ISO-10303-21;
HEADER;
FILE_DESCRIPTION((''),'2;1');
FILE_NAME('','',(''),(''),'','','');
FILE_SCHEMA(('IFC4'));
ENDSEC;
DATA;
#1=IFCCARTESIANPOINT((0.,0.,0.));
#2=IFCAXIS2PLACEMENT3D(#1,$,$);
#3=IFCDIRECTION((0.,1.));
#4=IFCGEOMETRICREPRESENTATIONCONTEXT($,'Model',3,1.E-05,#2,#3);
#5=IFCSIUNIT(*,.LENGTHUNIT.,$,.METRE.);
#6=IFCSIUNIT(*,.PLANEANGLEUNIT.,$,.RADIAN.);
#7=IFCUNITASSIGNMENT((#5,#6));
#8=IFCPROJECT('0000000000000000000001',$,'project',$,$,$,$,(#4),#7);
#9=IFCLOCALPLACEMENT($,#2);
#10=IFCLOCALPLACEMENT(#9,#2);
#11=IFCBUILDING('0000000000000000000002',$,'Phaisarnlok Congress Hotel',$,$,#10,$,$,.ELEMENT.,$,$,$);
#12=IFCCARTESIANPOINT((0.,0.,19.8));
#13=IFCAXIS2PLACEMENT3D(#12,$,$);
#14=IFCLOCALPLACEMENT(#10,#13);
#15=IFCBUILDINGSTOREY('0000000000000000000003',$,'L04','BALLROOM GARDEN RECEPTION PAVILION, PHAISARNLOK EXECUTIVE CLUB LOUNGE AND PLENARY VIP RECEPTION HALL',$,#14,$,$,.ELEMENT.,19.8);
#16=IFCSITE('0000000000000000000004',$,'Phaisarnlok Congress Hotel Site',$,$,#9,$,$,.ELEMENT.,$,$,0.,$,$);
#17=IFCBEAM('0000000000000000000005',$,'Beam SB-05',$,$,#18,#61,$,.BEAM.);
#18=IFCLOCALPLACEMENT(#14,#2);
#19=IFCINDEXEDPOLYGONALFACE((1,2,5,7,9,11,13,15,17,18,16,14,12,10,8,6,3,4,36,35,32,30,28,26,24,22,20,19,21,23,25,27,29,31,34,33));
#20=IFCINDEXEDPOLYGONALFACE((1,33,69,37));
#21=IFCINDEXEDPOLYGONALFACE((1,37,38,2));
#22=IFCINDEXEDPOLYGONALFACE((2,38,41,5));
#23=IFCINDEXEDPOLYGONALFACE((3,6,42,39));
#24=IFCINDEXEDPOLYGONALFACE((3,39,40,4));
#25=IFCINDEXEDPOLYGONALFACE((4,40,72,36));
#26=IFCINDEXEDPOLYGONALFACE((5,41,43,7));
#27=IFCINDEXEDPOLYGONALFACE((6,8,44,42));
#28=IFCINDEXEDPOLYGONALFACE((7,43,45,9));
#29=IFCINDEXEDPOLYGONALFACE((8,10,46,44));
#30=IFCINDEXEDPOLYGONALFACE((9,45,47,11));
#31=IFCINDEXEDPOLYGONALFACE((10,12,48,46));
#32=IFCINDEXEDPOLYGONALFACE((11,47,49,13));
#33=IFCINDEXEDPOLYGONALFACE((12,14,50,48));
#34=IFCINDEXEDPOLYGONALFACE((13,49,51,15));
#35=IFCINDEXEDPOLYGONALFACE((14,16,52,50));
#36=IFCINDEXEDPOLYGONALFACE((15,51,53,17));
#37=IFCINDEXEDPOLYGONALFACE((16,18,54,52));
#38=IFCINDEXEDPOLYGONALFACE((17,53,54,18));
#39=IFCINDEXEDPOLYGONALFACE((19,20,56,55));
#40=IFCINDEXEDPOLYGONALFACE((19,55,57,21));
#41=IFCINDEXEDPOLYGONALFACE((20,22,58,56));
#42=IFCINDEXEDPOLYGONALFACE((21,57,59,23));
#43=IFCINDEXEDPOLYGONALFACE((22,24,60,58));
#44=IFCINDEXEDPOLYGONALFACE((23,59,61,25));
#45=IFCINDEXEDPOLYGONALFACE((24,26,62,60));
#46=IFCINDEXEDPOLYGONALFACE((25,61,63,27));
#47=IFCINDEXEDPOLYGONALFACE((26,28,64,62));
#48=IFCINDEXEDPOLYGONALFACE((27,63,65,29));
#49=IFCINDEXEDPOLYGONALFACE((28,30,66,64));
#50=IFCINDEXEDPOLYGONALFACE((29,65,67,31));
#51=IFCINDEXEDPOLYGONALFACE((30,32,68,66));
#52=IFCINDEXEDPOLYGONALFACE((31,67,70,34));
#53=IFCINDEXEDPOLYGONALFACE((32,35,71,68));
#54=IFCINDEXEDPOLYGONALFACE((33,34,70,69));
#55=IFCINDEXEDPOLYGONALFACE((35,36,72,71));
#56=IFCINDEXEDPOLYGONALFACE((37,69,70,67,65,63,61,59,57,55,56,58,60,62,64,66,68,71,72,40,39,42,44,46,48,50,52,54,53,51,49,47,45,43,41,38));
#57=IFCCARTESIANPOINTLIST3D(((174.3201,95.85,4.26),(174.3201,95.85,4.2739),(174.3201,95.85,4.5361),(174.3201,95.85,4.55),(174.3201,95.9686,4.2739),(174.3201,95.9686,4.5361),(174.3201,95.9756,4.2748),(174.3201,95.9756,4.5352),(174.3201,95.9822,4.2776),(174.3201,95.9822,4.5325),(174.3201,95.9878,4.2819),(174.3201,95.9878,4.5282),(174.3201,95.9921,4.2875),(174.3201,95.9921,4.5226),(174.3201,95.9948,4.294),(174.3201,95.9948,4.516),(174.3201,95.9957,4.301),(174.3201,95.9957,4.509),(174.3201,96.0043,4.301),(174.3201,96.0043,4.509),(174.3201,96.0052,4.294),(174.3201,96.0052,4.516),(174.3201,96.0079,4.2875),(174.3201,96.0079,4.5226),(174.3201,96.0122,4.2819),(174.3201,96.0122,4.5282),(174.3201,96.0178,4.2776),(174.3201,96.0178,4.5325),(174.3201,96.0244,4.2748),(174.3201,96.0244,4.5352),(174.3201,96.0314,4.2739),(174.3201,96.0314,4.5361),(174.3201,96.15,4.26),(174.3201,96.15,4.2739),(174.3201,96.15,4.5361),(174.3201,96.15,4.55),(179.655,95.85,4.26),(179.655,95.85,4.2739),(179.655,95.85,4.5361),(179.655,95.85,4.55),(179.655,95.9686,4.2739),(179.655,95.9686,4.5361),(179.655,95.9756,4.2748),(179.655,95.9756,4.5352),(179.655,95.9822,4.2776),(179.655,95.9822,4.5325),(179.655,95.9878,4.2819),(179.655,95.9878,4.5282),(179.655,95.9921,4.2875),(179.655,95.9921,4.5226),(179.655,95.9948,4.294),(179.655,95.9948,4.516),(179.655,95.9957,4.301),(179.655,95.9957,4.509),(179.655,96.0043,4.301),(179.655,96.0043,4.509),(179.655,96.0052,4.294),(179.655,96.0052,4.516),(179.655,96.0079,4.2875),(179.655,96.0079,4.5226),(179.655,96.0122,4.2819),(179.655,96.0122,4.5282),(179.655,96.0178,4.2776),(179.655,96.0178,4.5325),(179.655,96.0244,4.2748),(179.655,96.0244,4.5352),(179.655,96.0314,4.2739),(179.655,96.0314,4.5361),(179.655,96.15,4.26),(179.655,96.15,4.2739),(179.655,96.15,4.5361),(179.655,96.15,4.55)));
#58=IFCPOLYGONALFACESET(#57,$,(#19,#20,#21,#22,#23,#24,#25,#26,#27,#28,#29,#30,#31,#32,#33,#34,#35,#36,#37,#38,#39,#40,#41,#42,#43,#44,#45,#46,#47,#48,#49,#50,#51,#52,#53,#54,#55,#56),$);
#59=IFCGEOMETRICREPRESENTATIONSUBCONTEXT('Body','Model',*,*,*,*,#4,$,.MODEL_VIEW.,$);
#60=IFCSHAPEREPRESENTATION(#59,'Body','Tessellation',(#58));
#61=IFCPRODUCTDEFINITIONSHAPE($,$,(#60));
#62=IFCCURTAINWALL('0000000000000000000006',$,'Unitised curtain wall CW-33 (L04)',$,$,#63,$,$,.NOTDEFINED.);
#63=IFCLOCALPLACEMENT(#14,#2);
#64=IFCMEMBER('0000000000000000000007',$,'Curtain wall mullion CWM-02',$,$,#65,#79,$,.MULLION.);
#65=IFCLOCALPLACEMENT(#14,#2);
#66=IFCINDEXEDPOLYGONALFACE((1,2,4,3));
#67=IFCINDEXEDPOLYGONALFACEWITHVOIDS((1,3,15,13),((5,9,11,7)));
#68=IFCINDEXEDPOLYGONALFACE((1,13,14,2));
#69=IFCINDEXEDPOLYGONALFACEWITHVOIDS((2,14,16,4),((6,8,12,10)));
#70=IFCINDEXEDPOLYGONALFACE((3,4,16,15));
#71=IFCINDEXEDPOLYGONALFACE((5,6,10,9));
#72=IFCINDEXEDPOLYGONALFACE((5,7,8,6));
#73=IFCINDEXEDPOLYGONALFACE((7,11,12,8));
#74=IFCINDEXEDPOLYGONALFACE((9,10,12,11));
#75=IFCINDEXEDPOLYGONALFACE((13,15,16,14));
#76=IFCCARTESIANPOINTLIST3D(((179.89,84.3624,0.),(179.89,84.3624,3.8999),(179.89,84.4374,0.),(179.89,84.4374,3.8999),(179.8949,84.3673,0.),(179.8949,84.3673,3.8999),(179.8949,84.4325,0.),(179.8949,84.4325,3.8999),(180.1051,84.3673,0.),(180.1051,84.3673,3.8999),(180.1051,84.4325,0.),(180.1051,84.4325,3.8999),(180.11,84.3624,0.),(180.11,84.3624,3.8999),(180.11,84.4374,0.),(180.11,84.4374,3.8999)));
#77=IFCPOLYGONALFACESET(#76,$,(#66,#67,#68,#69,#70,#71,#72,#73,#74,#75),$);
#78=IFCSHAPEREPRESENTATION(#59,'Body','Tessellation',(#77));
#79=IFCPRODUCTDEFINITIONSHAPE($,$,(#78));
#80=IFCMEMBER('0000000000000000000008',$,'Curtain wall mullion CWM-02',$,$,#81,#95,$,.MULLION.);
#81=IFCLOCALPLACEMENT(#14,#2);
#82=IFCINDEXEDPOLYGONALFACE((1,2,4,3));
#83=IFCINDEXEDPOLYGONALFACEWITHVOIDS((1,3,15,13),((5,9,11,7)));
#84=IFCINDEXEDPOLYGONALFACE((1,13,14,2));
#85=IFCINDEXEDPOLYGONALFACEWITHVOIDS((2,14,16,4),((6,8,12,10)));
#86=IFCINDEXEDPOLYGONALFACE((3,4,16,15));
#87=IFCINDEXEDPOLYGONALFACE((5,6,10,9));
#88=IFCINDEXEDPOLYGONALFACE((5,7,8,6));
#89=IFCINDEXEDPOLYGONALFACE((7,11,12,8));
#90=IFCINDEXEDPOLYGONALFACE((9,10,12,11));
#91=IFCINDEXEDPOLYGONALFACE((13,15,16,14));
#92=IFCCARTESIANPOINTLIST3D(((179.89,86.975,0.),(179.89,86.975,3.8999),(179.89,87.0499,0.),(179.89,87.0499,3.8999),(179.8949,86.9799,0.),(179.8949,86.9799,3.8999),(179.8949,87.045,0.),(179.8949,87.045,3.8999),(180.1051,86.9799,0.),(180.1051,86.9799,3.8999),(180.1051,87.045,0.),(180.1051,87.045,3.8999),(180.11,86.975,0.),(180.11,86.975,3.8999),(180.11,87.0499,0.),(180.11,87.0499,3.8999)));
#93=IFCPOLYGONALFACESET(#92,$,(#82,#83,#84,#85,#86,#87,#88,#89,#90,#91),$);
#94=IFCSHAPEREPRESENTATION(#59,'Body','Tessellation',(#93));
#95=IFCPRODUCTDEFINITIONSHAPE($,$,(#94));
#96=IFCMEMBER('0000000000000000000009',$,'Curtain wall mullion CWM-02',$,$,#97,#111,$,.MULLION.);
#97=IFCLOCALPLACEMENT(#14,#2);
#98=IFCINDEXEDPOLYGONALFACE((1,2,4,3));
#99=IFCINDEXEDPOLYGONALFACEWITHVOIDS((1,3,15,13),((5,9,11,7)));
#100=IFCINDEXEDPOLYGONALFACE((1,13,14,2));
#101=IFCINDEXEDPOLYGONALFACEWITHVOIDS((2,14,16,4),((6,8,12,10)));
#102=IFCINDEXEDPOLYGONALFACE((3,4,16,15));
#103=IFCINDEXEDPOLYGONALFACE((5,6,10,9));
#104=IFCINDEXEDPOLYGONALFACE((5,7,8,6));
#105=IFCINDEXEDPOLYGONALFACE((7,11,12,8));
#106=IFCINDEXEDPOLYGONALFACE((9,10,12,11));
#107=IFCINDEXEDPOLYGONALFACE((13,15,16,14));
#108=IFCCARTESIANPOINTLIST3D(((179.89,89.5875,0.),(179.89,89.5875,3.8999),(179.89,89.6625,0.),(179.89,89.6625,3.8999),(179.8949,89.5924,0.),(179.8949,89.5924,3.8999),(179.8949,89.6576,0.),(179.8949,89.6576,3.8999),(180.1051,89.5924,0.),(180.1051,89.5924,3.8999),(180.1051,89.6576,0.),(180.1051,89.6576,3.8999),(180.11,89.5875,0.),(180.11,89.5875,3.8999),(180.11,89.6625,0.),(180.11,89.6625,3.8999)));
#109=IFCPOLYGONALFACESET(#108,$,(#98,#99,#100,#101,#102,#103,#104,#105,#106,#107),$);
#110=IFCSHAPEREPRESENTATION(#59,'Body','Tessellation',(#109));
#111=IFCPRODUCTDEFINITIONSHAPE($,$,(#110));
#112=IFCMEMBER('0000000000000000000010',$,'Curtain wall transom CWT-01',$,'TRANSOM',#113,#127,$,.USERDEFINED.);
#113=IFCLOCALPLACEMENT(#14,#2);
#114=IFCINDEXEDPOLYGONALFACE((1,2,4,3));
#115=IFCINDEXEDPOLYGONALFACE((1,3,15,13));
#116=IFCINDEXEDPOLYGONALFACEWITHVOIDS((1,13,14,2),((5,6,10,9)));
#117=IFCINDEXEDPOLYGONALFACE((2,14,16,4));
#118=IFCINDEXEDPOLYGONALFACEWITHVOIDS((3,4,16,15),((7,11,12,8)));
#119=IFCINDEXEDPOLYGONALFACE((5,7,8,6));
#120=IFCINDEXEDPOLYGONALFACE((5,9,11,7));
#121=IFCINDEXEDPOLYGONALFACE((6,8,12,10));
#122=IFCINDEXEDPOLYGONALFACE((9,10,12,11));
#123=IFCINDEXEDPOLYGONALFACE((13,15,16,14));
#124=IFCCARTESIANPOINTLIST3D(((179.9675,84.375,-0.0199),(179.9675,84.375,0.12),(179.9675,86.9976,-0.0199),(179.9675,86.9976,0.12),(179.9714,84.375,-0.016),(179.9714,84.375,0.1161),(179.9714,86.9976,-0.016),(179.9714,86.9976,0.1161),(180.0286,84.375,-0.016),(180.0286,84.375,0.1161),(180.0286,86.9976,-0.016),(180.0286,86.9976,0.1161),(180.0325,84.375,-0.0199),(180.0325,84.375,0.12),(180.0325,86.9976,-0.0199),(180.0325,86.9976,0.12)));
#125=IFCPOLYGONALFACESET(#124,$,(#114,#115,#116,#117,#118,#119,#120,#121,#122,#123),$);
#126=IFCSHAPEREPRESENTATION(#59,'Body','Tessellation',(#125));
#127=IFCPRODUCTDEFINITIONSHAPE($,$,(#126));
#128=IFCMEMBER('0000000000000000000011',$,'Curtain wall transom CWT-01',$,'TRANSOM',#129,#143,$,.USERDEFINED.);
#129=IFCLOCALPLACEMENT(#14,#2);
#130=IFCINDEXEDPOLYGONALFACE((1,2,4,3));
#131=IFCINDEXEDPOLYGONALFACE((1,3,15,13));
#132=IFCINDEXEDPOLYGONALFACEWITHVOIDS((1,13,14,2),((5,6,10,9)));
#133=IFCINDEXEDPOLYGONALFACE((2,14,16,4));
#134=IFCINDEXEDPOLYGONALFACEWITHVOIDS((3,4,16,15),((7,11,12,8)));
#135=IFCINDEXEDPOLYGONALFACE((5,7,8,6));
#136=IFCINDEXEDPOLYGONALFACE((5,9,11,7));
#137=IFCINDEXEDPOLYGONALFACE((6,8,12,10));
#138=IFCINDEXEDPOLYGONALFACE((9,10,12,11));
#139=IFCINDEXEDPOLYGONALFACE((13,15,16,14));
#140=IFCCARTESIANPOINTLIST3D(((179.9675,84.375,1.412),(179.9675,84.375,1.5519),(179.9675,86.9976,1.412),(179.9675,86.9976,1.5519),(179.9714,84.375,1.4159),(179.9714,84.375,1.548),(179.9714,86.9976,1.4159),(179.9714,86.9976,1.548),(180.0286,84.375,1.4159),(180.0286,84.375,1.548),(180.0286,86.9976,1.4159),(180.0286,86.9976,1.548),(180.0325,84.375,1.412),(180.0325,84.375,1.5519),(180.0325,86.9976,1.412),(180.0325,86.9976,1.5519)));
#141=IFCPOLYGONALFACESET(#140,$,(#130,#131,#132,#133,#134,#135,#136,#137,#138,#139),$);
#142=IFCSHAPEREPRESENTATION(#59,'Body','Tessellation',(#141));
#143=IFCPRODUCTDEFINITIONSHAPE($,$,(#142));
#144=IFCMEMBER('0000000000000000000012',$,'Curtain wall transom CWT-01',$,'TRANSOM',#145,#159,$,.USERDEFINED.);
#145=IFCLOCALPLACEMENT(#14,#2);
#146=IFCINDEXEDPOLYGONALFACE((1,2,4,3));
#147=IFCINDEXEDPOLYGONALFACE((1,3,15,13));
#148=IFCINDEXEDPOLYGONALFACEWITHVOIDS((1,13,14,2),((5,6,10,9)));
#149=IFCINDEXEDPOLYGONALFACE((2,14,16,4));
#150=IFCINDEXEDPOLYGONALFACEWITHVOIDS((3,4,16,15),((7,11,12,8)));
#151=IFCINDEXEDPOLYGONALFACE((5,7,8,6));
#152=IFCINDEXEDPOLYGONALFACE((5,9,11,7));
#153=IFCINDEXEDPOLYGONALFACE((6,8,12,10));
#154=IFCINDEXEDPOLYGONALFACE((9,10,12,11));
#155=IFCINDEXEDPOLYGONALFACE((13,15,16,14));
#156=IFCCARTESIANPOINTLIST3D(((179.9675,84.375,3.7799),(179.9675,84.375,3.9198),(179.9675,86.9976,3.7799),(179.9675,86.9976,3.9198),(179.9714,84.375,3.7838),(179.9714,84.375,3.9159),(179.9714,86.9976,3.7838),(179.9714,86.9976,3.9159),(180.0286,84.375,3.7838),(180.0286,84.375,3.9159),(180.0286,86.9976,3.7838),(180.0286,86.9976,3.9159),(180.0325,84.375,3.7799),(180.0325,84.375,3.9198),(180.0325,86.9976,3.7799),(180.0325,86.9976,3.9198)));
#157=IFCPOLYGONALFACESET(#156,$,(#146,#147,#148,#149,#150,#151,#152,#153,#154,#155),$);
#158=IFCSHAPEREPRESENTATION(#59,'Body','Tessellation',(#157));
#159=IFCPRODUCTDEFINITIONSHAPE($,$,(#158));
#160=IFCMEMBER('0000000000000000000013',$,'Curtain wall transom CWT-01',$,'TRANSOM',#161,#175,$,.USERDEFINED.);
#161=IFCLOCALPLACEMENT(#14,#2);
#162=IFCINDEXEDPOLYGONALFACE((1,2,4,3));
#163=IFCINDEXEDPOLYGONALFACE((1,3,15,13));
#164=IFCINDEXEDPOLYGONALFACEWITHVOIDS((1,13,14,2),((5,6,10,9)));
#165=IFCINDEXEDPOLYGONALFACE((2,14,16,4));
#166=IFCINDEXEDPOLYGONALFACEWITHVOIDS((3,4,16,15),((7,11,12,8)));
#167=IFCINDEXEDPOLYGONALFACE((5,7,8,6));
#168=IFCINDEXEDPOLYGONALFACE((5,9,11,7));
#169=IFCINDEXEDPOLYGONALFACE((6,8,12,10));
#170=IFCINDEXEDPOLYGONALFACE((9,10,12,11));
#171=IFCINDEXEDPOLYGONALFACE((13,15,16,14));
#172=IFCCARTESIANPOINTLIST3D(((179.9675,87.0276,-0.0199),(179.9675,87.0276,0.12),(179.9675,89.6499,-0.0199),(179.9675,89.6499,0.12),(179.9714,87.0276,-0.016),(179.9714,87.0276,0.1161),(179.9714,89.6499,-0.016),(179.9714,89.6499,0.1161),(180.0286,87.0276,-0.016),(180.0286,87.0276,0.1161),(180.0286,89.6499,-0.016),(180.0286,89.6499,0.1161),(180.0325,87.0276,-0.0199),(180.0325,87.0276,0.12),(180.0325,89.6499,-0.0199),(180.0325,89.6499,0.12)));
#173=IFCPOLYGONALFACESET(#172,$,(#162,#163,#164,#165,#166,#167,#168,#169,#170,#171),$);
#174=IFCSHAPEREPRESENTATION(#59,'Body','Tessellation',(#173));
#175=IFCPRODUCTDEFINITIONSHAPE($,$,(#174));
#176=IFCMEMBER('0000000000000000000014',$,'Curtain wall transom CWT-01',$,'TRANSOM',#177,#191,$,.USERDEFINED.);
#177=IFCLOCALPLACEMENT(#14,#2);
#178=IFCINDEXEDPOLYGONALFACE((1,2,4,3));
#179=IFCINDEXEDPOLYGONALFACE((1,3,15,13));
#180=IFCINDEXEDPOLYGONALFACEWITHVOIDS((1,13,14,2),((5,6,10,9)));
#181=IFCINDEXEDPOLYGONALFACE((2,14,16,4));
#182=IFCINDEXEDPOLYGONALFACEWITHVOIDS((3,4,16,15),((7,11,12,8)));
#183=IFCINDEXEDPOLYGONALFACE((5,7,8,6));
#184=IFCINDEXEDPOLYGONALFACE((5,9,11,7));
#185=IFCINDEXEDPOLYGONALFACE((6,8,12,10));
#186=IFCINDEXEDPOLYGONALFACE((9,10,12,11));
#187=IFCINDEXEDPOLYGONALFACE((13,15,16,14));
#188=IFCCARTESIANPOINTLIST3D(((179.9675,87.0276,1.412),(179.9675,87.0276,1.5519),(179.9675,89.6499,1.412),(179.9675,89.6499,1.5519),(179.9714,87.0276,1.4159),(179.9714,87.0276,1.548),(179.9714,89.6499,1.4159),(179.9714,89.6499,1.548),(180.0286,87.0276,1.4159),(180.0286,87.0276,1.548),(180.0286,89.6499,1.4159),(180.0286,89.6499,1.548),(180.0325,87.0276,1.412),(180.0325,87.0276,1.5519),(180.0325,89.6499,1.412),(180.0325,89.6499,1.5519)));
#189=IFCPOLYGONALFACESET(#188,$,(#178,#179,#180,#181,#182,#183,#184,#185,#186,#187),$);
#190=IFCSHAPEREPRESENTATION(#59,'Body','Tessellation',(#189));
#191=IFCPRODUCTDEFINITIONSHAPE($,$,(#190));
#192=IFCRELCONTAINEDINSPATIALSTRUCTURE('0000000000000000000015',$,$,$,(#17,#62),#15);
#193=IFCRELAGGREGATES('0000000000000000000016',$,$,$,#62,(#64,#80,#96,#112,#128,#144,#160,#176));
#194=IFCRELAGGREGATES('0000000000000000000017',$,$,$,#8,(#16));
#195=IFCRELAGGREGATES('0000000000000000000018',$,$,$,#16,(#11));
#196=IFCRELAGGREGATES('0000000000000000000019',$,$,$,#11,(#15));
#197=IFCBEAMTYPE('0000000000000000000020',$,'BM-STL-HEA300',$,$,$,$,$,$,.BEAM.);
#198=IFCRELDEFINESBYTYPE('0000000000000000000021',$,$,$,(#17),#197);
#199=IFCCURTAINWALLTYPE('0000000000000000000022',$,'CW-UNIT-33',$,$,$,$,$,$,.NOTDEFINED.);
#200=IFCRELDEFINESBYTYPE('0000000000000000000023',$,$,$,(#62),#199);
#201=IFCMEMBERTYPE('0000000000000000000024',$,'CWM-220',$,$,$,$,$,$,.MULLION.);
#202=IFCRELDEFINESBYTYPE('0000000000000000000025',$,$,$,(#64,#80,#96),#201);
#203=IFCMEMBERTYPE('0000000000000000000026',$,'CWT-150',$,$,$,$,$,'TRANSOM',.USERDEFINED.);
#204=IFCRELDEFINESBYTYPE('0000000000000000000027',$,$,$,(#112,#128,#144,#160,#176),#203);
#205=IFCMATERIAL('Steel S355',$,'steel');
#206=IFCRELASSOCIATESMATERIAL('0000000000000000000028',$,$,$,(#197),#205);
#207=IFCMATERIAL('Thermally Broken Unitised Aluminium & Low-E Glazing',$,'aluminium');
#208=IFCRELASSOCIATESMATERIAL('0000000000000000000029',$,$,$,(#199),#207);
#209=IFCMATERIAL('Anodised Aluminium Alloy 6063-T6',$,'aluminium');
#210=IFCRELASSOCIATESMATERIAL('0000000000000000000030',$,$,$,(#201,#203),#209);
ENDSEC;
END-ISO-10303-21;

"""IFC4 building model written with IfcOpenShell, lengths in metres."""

from ifc_helpers import new_model, si_unit, direction, frame, origin, origin_2d, place, context, subcontext, project, spatial, hollow_rectangle, i_section, extrude, material, material_profile, profile_set, type_object, element, aggregate, save


model = new_model("IFC4")

# Units and contexts
model_context = context("Model", 3, precision=1e-05, world=origin(), true_north=direction((0.0, 1.0)))
body_context = subcontext(model_context, "Body", "Model", "MODEL_VIEW")
ifc_project = project(units=[si_unit("LENGTHUNIT", "METRE"), si_unit("PLANEANGLEUNIT", "RADIAN")], contexts=[model_context])

# Site, building, storey
site_placement = place(None, origin())
site = spatial("IfcSite", under=ifc_project, at=site_placement, Name="Phaisarnlok Congress Hotel Site", CompositionType="ELEMENT", RefElevation=0.0)
building_placement = place(site_placement, origin())
building = spatial("IfcBuilding", under=site, at=building_placement, Name="Phaisarnlok Congress Hotel", CompositionType="ELEMENT")
storey_placement = place(building_placement, frame((0.0, 0.0, 19.8)))
storey = spatial("IfcBuildingStorey", under=building, at=storey_placement, Name="L04", Description="BALLROOM GARDEN RECEPTION PAVILION, PHAISARNLOK EXECUTIVE CLUB LOUNGE AND PLENARY VIP RECEPTION HALL", CompositionType="ELEMENT", Elevation=19.8)

# Beam
ifc_material_1 = material(Name="Steel S355", Category="steel")
ifc_material_profile_1 = material_profile(ifc_material_1, i_section(OverallWidth=0.3, OverallDepth=0.29, WebThickness=0.0085, FlangeThickness=0.0139, FilletRadius=0.0271, at=origin_2d()), Name="HEA 300")
ifc_profile_set_1 = profile_set([ifc_material_profile_1], Name="Steel S355")
beam_type_1 = type_object("IfcBeamType", Name="BM-STL-HEA300", PredefinedType="BEAM", material=ifc_profile_set_1)
for number, where, z_axis, x_axis, name in (
    (1, (174.3201, 96.0, 4.405), (1.0, 0.0, 0.0), (0.0, 1.0, 0.0), "Beam SB-05"),
):
    element("IfcBeam", number, at=place(storey_placement, frame(where, z_axis=z_axis, x_axis=x_axis)), inside=storey, type_object=beam_type_1, Name=name, PredefinedType="BEAM", context=body_context, shape_type="SweptSolid", body=[
        extrude(i_section(OverallWidth=0.3, OverallDepth=0.29, WebThickness=0.0085, FlangeThickness=0.0139, FilletRadius=0.0271, at=origin_2d()), origin(), (0.0, 0.0, 1.0), 5.335),
    ])

# Curtain wall, members
ifc_material_2 = material(Name="Thermally Broken Unitised Aluminium & Low-E Glazing", Category="aluminium")
curtain_wall_type = type_object("IfcCurtainWallType", Name="CW-UNIT-33", PredefinedType="NOTDEFINED", material=ifc_material_2)
curtain_wall_placement = place(storey_placement, origin())
curtain_wall = element("IfcCurtainWall", 2, at=curtain_wall_placement, inside=storey, type_object=curtain_wall_type, Name="Unitised curtain wall CW-33 (L04)", PredefinedType="NOTDEFINED")
ifc_material_3 = material(Name="Anodised Aluminium Alloy 6063-T6", Category="aluminium")
ifc_material_profile_2 = material_profile(ifc_material_3, hollow_rectangle(XDim=0.075, YDim=0.22, WallThickness=0.0049, at=origin_2d()), Name="ALU-M 75x220x5")
ifc_profile_set_2 = profile_set([ifc_material_profile_2], Name="Anodised Aluminium Alloy 6063-T6")
member_type_1 = type_object("IfcMemberType", Name="CWM-220", PredefinedType="MULLION", material=ifc_profile_set_2)
member_1_placement = place(storey_placement, frame((180.0, 84.3999, 0.0), z_axis=(0.0, 0.0, 1.0), x_axis=(0.0, 1.0, 0.0)))
member_1 = element("IfcMember", 3, at=member_1_placement, type_object=member_type_1, Name="Curtain wall mullion CWM-02", PredefinedType="MULLION", context=body_context, shape_type="SweptSolid", body=[
    extrude(hollow_rectangle(XDim=0.075, YDim=0.22, WallThickness=0.0049, at=origin_2d()), origin(), (0.0, 0.0, 1.0), 3.8999),
])
member_2_placement = place(storey_placement, frame((180.0, 87.0125, 0.0), z_axis=(0.0, 0.0, 1.0), x_axis=(0.0, 1.0, 0.0)))
member_2 = element("IfcMember", 4, at=member_2_placement, type_object=member_type_1, Name="Curtain wall mullion CWM-02", PredefinedType="MULLION", context=body_context, shape_type="SweptSolid", body=[
    extrude(hollow_rectangle(XDim=0.075, YDim=0.22, WallThickness=0.0049, at=origin_2d()), origin(), (0.0, 0.0, 1.0), 3.8999),
])
member_3_placement = place(storey_placement, frame((180.0, 89.625, 0.0), z_axis=(0.0, 0.0, 1.0), x_axis=(0.0, 1.0, 0.0)))
member_3 = element("IfcMember", 5, at=member_3_placement, type_object=member_type_1, Name="Curtain wall mullion CWM-02", PredefinedType="MULLION", context=body_context, shape_type="SweptSolid", body=[
    extrude(hollow_rectangle(XDim=0.075, YDim=0.22, WallThickness=0.0049, at=origin_2d()), origin(), (0.0, 0.0, 1.0), 3.8999),
])
ifc_material_profile_3 = material_profile(ifc_material_3, hollow_rectangle(XDim=0.0649, YDim=0.1399, WallThickness=0.0039, at=origin_2d()), Name="ALU-T 65x140x4")
ifc_profile_set_3 = profile_set([ifc_material_profile_3], Name="Anodised Aluminium Alloy 6063-T6")
member_type_2 = type_object("IfcMemberType", Name="CWT-150", ElementType="TRANSOM", PredefinedType="USERDEFINED", material=ifc_profile_set_3)
member_4_placement = place(storey_placement, frame((180.0, 84.375, 0.05), z_axis=(0.0, 1.0, 0.0), x_axis=(-1.0, 0.0, 0.0)))
member_4 = element("IfcMember", 6, at=member_4_placement, type_object=member_type_2, Name="Curtain wall transom CWT-01", ObjectType="TRANSOM", PredefinedType="USERDEFINED", context=body_context, shape_type="SweptSolid", body=[
    extrude(hollow_rectangle(XDim=0.0649, YDim=0.1399, WallThickness=0.0039, at=origin_2d()), origin(), (0.0, 0.0, 1.0), 2.6226),
])
member_5_placement = place(storey_placement, frame((180.0, 84.375, 1.4819), z_axis=(0.0, 1.0, 0.0), x_axis=(-1.0, 0.0, 0.0)))
member_5 = element("IfcMember", 7, at=member_5_placement, type_object=member_type_2, Name="Curtain wall transom CWT-01", ObjectType="TRANSOM", PredefinedType="USERDEFINED", context=body_context, shape_type="SweptSolid", body=[
    extrude(hollow_rectangle(XDim=0.0649, YDim=0.1399, WallThickness=0.0039, at=origin_2d()), origin(), (0.0, 0.0, 1.0), 2.6226),
])
member_6_placement = place(storey_placement, frame((180.0, 84.375, 3.8499), z_axis=(0.0, 1.0, 0.0), x_axis=(-1.0, 0.0, 0.0)))
member_6 = element("IfcMember", 8, at=member_6_placement, type_object=member_type_2, Name="Curtain wall transom CWT-01", ObjectType="TRANSOM", PredefinedType="USERDEFINED", context=body_context, shape_type="SweptSolid", body=[
    extrude(hollow_rectangle(XDim=0.0649, YDim=0.1399, WallThickness=0.0039, at=origin_2d()), origin(), (0.0, 0.0, 1.0), 2.6226),
])
member_7_placement = place(storey_placement, frame((180.0, 87.0276, 0.05), z_axis=(0.0, 1.0, 0.0), x_axis=(-1.0, 0.0, 0.0)))
member_7 = element("IfcMember", 9, at=member_7_placement, type_object=member_type_2, Name="Curtain wall transom CWT-01", ObjectType="TRANSOM", PredefinedType="USERDEFINED", context=body_context, shape_type="SweptSolid", body=[
    extrude(hollow_rectangle(XDim=0.0649, YDim=0.1399, WallThickness=0.0039, at=origin_2d()), origin(), (0.0, 0.0, 1.0), 2.6223),
])
member_8_placement = place(storey_placement, frame((180.0, 87.0276, 1.4819), z_axis=(0.0, 1.0, 0.0), x_axis=(-1.0, 0.0, 0.0)))
member_8 = element("IfcMember", 10, at=member_8_placement, type_object=member_type_2, Name="Curtain wall transom CWT-01", ObjectType="TRANSOM", PredefinedType="USERDEFINED", context=body_context, shape_type="SweptSolid", body=[
    extrude(hollow_rectangle(XDim=0.0649, YDim=0.1399, WallThickness=0.0039, at=origin_2d()), origin(), (0.0, 0.0, 1.0), 2.6223),
])

aggregate(curtain_wall, [member_1, member_2, member_3, member_4, member_5, member_6, member_7, member_8])

save(model, "model.ifc")
